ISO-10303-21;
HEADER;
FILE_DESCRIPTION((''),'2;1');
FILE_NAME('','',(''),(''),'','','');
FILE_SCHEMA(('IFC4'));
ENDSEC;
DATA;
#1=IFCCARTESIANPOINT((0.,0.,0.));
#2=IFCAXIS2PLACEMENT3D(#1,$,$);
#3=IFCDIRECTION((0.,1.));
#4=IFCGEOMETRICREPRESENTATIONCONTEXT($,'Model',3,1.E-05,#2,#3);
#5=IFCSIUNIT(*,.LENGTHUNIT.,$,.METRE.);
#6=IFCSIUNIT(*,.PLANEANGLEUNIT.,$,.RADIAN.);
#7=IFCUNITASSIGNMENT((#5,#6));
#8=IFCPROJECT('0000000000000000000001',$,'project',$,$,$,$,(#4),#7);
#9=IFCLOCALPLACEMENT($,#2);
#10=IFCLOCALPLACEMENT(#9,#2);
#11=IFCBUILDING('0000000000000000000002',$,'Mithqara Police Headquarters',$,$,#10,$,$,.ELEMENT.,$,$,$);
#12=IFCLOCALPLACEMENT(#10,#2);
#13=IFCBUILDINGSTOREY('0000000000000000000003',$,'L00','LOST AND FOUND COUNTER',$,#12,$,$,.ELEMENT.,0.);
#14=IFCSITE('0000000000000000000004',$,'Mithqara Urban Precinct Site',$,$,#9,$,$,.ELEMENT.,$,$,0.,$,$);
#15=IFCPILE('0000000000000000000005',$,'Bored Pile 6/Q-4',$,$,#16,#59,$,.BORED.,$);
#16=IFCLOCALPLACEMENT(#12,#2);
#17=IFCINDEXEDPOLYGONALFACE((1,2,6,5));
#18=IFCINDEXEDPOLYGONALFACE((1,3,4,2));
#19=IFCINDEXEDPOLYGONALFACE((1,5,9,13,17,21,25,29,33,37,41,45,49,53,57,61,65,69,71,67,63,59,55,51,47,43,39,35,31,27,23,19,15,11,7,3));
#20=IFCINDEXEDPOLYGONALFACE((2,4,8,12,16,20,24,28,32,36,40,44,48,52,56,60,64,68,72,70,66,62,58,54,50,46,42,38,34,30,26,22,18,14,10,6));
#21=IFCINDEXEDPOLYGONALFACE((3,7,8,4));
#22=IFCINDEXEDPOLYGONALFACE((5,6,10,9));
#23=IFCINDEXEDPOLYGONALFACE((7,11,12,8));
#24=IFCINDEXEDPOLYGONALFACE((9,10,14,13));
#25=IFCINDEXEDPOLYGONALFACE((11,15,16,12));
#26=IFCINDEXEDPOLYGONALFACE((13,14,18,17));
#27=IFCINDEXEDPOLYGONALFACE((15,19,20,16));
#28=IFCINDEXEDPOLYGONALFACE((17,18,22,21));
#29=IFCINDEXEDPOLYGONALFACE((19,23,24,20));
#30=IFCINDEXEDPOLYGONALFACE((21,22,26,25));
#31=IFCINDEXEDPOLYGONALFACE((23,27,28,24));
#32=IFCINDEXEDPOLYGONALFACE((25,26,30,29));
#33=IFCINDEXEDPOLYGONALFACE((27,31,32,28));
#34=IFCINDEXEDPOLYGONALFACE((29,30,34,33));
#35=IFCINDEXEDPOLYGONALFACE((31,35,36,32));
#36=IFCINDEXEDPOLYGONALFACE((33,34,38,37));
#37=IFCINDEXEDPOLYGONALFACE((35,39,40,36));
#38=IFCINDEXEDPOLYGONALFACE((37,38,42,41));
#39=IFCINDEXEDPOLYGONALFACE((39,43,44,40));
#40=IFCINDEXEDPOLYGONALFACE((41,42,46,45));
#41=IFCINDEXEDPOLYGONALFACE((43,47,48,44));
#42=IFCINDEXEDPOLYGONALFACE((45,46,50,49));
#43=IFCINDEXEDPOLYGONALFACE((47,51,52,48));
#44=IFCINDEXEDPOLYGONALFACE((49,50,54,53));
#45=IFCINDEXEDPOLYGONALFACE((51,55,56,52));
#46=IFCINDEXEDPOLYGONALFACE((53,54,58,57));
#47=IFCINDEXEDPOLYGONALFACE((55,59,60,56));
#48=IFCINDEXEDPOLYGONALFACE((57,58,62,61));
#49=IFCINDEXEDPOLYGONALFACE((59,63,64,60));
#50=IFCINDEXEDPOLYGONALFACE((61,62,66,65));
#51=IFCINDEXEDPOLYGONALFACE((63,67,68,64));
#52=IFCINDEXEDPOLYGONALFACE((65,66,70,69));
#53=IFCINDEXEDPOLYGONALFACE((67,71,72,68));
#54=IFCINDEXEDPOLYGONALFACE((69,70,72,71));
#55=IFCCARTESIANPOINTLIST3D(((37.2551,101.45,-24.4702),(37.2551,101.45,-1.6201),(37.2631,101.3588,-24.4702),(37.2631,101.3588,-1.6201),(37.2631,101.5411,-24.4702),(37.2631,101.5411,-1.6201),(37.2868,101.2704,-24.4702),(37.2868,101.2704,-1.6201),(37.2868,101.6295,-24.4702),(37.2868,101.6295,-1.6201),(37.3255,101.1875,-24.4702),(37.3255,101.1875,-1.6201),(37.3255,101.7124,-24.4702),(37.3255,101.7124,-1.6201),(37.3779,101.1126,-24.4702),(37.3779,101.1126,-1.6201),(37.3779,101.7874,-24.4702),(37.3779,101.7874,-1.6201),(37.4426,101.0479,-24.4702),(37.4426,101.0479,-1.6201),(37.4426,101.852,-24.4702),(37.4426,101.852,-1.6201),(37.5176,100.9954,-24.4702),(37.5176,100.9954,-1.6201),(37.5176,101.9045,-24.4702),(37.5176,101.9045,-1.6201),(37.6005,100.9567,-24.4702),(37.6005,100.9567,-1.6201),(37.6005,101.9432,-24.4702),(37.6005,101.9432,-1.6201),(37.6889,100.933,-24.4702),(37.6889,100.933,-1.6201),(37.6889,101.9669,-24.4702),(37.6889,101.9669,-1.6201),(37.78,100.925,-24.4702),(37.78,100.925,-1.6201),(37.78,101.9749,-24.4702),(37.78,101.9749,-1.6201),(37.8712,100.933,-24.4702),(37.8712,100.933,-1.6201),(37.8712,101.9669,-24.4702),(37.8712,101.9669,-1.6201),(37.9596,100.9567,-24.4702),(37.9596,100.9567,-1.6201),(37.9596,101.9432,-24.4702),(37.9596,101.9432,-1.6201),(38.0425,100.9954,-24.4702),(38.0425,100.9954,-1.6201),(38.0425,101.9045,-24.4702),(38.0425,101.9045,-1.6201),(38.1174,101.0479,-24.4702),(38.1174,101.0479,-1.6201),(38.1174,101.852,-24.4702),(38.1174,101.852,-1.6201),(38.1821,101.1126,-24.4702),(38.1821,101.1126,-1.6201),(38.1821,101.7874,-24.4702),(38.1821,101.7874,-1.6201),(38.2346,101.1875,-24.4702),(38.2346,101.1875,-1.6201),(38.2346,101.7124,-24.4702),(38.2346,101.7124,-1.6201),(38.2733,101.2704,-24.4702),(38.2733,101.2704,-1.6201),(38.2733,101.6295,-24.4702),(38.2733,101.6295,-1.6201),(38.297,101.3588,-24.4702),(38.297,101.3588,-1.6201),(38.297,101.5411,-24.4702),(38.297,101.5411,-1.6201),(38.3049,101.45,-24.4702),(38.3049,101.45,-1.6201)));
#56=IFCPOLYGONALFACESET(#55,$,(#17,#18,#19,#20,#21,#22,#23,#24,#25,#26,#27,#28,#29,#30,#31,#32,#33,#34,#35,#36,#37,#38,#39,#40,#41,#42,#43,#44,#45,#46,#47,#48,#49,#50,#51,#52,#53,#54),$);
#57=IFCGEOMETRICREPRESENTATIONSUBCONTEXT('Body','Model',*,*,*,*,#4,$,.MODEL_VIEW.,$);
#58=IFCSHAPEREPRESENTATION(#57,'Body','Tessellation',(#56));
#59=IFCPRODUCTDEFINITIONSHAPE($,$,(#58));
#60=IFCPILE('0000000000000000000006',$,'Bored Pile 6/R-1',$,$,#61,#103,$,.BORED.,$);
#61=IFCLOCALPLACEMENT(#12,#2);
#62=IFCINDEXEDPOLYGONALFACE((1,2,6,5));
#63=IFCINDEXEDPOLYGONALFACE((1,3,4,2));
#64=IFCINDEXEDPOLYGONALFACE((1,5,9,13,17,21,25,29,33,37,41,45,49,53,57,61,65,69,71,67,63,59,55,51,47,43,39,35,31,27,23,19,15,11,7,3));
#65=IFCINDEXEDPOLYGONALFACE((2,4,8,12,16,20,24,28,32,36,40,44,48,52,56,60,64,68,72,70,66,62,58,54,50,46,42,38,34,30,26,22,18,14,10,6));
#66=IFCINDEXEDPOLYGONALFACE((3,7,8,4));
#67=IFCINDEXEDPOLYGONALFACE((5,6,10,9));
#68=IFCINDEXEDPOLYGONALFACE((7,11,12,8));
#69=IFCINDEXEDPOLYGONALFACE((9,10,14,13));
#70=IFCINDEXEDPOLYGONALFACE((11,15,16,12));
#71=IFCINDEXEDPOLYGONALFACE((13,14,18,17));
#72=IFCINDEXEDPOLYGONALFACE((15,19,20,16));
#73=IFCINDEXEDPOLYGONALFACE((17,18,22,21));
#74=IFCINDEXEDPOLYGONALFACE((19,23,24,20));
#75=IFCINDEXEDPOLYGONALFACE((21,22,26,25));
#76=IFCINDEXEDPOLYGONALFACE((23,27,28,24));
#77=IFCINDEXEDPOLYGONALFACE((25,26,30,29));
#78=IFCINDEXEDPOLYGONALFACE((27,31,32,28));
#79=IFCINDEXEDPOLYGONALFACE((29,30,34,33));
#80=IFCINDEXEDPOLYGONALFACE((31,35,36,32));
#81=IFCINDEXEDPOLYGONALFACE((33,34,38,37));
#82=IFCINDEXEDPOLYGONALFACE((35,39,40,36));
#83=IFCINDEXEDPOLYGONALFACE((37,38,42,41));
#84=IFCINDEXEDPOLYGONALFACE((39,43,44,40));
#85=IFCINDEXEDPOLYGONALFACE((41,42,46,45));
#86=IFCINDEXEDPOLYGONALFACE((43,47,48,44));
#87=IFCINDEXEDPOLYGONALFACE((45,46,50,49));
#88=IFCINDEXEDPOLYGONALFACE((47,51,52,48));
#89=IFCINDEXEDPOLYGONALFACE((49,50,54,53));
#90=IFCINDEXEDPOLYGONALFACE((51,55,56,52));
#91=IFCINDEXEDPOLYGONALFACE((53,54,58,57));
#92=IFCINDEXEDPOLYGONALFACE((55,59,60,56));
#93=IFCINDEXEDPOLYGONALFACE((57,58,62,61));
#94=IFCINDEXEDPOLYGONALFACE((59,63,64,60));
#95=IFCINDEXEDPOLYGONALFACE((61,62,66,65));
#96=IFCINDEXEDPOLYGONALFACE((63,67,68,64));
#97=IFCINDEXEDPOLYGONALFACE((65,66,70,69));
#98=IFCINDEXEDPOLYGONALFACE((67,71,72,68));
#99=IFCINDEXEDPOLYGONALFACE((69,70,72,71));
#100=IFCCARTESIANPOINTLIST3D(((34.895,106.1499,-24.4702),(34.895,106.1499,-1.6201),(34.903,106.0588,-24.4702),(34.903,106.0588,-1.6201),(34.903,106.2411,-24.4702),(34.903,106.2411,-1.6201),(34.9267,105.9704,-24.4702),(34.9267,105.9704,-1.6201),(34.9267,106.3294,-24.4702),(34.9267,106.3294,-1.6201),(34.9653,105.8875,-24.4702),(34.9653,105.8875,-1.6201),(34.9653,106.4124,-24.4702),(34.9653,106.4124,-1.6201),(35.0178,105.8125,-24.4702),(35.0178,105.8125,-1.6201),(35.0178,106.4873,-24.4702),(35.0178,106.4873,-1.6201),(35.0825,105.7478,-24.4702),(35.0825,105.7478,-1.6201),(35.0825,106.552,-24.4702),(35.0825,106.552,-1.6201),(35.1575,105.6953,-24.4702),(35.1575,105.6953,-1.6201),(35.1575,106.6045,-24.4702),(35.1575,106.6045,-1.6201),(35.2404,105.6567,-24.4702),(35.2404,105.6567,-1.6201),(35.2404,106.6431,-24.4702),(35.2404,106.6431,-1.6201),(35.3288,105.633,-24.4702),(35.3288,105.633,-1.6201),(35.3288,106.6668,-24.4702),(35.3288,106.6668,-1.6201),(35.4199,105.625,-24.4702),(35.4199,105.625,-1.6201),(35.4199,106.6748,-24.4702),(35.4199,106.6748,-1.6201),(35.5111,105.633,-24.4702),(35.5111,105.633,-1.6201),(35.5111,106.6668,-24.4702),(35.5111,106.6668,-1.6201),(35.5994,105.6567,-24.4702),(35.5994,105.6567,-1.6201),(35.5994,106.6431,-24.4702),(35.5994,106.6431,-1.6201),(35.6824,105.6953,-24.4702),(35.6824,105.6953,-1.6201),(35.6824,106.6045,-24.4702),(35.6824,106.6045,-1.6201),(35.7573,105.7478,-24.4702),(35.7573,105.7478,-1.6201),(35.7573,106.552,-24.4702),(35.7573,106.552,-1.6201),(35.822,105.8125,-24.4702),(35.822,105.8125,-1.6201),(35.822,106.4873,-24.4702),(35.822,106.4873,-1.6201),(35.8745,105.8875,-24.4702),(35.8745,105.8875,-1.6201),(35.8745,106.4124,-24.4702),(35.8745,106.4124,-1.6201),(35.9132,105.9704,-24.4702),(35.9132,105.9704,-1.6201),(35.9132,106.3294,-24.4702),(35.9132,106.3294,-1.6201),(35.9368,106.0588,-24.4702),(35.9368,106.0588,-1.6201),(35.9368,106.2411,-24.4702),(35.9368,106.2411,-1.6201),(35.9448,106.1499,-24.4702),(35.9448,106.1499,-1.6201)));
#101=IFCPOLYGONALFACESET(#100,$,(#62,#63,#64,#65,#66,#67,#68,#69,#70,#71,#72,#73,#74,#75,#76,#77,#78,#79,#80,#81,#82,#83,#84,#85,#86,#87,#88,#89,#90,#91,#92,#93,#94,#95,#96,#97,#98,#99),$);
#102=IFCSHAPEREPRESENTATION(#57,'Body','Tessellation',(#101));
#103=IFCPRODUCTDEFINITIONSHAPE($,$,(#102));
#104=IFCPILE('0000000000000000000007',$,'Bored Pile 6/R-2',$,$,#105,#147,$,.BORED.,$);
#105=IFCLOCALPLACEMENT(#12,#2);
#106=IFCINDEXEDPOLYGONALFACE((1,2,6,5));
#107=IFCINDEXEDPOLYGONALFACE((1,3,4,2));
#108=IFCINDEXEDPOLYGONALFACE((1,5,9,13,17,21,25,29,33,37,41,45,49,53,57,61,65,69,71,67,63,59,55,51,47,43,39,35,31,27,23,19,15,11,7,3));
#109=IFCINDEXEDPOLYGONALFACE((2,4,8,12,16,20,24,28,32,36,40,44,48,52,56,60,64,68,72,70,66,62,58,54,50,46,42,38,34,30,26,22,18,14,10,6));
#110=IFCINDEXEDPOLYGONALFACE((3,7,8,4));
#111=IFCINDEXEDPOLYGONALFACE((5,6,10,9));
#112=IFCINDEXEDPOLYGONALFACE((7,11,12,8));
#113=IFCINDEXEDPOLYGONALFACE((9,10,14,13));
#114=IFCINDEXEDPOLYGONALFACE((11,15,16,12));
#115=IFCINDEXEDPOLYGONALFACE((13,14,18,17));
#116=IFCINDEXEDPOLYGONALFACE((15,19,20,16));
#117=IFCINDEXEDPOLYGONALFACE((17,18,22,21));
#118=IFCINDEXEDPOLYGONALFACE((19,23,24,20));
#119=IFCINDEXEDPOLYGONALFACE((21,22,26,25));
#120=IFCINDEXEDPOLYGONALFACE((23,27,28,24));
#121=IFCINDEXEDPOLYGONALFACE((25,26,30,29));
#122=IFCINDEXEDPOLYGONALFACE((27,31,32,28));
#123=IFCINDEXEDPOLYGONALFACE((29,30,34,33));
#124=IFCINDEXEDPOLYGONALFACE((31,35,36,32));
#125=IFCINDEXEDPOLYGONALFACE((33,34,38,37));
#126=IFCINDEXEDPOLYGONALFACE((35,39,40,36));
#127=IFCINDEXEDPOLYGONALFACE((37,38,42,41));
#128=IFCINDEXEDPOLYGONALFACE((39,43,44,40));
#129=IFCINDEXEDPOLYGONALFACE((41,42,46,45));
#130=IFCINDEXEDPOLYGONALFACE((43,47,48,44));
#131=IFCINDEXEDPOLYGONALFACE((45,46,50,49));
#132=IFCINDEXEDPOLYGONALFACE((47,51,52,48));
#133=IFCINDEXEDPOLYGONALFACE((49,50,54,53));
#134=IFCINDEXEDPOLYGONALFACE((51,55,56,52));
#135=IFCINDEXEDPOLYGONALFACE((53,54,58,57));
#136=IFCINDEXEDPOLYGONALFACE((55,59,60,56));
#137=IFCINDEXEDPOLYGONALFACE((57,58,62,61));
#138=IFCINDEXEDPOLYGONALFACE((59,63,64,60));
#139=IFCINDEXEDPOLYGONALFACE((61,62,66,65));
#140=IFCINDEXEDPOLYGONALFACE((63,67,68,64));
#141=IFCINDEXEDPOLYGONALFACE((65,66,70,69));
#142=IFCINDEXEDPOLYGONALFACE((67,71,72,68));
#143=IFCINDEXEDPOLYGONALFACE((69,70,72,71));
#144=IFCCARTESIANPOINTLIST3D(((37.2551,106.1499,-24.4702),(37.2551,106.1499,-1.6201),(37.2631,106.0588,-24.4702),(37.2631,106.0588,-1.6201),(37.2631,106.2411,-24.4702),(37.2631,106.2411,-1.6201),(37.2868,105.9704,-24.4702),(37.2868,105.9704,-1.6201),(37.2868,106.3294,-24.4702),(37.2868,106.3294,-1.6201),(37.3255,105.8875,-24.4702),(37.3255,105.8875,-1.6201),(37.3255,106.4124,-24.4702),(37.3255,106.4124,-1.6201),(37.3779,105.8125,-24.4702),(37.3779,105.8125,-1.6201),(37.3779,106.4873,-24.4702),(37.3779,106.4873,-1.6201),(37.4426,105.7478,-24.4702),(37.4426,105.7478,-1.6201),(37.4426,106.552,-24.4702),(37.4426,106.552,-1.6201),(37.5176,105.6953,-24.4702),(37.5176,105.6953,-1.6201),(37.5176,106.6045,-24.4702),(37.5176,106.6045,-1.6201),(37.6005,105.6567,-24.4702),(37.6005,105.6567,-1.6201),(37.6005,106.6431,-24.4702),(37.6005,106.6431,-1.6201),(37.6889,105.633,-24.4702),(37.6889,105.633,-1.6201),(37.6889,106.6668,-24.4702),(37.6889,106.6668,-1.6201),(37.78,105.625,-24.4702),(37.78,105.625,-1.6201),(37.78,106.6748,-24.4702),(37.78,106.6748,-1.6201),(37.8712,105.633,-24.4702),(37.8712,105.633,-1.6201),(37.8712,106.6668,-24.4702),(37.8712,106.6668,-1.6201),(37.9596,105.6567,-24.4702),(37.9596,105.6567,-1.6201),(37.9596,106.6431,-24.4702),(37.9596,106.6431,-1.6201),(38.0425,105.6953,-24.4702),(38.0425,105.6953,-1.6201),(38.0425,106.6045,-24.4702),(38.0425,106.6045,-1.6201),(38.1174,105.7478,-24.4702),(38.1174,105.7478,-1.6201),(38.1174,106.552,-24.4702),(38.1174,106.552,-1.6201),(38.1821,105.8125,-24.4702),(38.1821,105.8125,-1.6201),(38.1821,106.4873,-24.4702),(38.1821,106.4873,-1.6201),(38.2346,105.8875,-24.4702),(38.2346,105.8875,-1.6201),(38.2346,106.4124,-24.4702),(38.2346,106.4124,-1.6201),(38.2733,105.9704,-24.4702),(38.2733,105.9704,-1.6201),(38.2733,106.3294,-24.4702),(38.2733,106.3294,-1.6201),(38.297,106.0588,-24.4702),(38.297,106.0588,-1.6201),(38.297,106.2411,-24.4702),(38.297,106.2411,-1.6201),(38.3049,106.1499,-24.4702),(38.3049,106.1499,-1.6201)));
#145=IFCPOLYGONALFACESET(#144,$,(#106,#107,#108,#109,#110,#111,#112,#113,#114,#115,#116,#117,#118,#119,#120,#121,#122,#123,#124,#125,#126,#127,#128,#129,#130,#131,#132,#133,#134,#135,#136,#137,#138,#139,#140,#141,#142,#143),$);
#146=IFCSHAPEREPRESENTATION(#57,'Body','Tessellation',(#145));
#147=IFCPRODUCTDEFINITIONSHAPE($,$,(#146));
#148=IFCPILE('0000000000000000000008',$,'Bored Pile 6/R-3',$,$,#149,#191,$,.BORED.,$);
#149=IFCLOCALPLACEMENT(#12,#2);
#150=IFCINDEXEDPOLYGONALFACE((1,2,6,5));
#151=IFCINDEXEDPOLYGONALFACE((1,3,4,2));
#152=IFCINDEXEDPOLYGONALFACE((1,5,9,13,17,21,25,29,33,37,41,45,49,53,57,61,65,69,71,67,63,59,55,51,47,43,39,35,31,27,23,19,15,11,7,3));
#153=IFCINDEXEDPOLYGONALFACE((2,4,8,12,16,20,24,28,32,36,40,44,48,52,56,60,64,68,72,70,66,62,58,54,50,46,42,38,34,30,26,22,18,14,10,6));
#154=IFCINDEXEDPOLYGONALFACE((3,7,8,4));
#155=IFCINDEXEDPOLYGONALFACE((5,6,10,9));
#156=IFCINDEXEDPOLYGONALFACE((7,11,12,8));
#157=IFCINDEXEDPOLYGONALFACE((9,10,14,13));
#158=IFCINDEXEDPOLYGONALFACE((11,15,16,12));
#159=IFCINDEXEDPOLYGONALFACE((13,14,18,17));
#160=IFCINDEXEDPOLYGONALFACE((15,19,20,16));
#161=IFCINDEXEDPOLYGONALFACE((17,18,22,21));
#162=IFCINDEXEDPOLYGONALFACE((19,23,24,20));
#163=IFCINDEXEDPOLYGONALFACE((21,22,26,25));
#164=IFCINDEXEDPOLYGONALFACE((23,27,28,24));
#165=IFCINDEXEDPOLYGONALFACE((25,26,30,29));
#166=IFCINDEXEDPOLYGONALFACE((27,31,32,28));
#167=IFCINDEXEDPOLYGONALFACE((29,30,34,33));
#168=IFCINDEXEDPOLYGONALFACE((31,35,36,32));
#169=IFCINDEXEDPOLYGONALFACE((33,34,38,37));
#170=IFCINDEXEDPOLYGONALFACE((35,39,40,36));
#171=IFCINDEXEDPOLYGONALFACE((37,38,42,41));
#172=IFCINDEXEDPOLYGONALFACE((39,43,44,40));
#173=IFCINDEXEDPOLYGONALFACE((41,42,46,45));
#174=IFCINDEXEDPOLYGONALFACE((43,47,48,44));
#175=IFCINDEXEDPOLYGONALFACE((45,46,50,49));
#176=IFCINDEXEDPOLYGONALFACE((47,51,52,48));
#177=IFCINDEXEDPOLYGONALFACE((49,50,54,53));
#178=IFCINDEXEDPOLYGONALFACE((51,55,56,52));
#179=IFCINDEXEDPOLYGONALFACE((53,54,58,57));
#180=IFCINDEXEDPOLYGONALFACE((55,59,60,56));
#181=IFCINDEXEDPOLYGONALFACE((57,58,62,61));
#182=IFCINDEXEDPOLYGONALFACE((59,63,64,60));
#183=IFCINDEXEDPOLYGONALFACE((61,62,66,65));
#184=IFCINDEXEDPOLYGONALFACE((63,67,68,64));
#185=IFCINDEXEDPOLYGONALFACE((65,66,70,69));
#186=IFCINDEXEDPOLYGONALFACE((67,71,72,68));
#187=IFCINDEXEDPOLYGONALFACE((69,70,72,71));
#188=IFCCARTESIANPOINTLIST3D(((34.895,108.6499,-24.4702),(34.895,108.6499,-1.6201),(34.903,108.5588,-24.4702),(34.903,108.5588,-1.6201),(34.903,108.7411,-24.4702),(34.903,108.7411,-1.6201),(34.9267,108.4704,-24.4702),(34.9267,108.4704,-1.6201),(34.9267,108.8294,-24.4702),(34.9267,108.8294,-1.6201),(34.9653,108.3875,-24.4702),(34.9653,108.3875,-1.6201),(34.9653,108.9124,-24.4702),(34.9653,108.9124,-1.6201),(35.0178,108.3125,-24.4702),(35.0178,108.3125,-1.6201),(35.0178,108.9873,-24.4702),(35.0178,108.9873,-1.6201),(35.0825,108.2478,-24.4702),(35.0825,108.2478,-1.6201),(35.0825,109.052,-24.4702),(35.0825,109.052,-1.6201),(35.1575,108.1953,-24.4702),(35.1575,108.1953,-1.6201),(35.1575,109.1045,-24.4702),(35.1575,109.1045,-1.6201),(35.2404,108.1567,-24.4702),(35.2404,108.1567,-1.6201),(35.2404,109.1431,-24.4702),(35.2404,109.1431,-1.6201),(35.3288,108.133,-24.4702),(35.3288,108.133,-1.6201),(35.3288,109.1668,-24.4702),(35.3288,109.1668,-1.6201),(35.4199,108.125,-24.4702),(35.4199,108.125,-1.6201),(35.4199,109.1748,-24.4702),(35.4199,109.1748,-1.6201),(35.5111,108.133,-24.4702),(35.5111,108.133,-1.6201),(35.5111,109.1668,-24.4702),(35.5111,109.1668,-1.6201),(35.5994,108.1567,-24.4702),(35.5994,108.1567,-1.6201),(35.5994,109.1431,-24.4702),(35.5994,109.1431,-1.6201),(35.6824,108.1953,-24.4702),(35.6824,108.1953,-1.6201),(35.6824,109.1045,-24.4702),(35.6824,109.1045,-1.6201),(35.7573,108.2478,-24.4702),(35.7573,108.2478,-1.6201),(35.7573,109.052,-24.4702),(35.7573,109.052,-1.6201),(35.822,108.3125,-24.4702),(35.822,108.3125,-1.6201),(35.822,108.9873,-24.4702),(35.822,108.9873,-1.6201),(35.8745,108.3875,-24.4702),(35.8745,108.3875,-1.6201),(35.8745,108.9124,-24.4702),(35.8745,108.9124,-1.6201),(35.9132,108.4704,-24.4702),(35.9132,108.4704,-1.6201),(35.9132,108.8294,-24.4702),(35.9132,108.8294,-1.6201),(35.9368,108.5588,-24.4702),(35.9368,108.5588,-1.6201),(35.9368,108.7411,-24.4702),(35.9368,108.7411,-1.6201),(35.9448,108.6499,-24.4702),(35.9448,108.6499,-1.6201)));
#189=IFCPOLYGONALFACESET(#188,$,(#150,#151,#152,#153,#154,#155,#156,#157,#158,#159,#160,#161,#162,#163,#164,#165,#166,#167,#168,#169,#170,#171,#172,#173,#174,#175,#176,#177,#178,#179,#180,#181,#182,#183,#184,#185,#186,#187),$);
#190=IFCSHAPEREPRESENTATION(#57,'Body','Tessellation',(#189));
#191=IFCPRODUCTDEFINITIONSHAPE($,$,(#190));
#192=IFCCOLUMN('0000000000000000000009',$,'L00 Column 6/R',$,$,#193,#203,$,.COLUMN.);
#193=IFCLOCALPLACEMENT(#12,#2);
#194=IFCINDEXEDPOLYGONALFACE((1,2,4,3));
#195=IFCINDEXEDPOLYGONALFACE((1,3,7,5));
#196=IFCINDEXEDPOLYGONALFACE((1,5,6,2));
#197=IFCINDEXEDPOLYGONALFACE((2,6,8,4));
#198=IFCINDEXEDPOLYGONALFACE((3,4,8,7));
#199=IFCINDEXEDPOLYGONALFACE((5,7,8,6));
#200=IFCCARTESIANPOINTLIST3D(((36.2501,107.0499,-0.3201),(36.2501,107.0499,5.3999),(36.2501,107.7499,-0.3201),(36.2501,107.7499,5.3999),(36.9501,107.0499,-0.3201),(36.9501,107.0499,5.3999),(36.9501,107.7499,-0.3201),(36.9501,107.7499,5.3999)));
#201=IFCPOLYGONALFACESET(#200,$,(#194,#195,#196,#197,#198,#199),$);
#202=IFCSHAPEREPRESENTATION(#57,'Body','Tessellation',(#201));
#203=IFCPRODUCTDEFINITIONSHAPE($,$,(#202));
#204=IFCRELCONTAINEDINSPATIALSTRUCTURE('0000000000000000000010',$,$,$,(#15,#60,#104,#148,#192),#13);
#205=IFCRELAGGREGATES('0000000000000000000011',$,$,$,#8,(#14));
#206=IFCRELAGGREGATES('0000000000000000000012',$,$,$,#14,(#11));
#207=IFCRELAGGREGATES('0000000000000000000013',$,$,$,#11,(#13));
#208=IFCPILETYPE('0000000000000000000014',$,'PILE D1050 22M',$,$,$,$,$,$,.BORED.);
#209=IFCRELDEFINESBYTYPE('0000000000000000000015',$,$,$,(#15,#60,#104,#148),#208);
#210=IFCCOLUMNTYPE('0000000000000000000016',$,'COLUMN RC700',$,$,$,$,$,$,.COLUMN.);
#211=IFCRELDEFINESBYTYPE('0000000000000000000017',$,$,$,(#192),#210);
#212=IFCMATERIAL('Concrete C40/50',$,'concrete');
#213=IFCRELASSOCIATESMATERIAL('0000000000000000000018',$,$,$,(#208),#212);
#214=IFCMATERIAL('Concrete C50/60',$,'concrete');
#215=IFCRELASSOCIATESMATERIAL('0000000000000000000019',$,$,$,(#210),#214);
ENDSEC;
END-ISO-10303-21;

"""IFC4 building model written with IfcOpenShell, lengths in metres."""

from ifc_helpers import new_model, si_unit, direction, frame, origin, origin_2d, place, context, subcontext, project, spatial, rectangle, circle, extrude, material, material_profile, profile_set, type_object, element, save


model = new_model("IFC4")

# Units and contexts
model_context = context("Model", 3, precision=1e-05, world=origin(), true_north=direction((0.0, 1.0)))
body_context = subcontext(model_context, "Body", "Model", "MODEL_VIEW")
ifc_project = project(units=[si_unit("LENGTHUNIT", "METRE"), si_unit("PLANEANGLEUNIT", "RADIAN")], contexts=[model_context])

# Site, building, storey
site_placement = place(None, origin())
site = spatial("IfcSite", under=ifc_project, at=site_placement, Name="Mithqara Urban Precinct Site", CompositionType="ELEMENT", RefElevation=0.0)
building_placement = place(site_placement, origin())
building = spatial("IfcBuilding", under=site, at=building_placement, Name="Mithqara Police Headquarters", CompositionType="ELEMENT")
storey_placement = place(building_placement, origin())
storey = spatial("IfcBuildingStorey", under=building, at=storey_placement, Name="L00", Description="LOST AND FOUND COUNTER", CompositionType="ELEMENT", Elevation=0.0)

# Shared definitions
ifc_material_1 = material(Name="Concrete C40/50", Category="concrete")

# Piles
ifc_material_profile_1 = material_profile(ifc_material_1, circle(Radius=0.5249, at=origin_2d()), Name="PILE D1050")
ifc_profile_set_1 = profile_set([ifc_material_profile_1], Name="Concrete C40/50")
pile_type = type_object("IfcPileType", Name="PILE D1050 22M", PredefinedType="BORED", material=ifc_profile_set_1)
for number, where, z_axis, x_axis, name in (
    (1, (37.78, 101.45, -1.6201), (0.0, 0.0, -1.0), (1.0, 0.0, 0.0), "Bored Pile 6/Q-4"),
    (2, (35.4199, 106.1499, -1.6201), (0.0, 0.0, -1.0), (1.0, 0.0, 0.0), "Bored Pile 6/R-1"),
    (3, (37.78, 106.1499, -1.6201), (0.0, 0.0, -1.0), (1.0, 0.0, 0.0), "Bored Pile 6/R-2"),
    (4, (35.4199, 108.6499, -1.6201), (0.0, 0.0, -1.0), (1.0, 0.0, 0.0), "Bored Pile 6/R-3"),
):
    element("IfcPile", number, at=place(storey_placement, frame(where, z_axis=z_axis, x_axis=x_axis)), inside=storey, type_object=pile_type, Name=name, PredefinedType="BORED", context=body_context, shape_type="SweptSolid", body=[
        extrude(circle(Radius=0.5249, at=origin_2d()), origin(), (0.0, 0.0, 1.0), 22.8501),
    ])

# Column
ifc_material_2 = material(Name="Concrete C50/60", Category="concrete")
ifc_material_profile_2 = material_profile(ifc_material_2, rectangle(XDim=0.7, YDim=0.7, at=origin_2d()), Name="RC 700x700")
ifc_profile_set_2 = profile_set([ifc_material_profile_2], Name="Concrete C50/60")
column_type_1 = type_object("IfcColumnType", Name="COLUMN RC700", PredefinedType="COLUMN", material=ifc_profile_set_2)
column_1_placement = place(storey_placement, frame((36.6001, 107.3999, -0.3201), z_axis=(0.0, 0.0, 1.0), x_axis=(1.0, 0.0, 0.0)))
element("IfcColumn", 5, at=column_1_placement, inside=storey, type_object=column_type_1, Name="L00 Column 6/R", PredefinedType="COLUMN", context=body_context, shape_type="SweptSolid", body=[
    extrude(rectangle(XDim=0.7, YDim=0.7, at=origin_2d()), origin(), (0.0, 0.0, 1.0), 5.72),
])

save(model, "model.ifc")
